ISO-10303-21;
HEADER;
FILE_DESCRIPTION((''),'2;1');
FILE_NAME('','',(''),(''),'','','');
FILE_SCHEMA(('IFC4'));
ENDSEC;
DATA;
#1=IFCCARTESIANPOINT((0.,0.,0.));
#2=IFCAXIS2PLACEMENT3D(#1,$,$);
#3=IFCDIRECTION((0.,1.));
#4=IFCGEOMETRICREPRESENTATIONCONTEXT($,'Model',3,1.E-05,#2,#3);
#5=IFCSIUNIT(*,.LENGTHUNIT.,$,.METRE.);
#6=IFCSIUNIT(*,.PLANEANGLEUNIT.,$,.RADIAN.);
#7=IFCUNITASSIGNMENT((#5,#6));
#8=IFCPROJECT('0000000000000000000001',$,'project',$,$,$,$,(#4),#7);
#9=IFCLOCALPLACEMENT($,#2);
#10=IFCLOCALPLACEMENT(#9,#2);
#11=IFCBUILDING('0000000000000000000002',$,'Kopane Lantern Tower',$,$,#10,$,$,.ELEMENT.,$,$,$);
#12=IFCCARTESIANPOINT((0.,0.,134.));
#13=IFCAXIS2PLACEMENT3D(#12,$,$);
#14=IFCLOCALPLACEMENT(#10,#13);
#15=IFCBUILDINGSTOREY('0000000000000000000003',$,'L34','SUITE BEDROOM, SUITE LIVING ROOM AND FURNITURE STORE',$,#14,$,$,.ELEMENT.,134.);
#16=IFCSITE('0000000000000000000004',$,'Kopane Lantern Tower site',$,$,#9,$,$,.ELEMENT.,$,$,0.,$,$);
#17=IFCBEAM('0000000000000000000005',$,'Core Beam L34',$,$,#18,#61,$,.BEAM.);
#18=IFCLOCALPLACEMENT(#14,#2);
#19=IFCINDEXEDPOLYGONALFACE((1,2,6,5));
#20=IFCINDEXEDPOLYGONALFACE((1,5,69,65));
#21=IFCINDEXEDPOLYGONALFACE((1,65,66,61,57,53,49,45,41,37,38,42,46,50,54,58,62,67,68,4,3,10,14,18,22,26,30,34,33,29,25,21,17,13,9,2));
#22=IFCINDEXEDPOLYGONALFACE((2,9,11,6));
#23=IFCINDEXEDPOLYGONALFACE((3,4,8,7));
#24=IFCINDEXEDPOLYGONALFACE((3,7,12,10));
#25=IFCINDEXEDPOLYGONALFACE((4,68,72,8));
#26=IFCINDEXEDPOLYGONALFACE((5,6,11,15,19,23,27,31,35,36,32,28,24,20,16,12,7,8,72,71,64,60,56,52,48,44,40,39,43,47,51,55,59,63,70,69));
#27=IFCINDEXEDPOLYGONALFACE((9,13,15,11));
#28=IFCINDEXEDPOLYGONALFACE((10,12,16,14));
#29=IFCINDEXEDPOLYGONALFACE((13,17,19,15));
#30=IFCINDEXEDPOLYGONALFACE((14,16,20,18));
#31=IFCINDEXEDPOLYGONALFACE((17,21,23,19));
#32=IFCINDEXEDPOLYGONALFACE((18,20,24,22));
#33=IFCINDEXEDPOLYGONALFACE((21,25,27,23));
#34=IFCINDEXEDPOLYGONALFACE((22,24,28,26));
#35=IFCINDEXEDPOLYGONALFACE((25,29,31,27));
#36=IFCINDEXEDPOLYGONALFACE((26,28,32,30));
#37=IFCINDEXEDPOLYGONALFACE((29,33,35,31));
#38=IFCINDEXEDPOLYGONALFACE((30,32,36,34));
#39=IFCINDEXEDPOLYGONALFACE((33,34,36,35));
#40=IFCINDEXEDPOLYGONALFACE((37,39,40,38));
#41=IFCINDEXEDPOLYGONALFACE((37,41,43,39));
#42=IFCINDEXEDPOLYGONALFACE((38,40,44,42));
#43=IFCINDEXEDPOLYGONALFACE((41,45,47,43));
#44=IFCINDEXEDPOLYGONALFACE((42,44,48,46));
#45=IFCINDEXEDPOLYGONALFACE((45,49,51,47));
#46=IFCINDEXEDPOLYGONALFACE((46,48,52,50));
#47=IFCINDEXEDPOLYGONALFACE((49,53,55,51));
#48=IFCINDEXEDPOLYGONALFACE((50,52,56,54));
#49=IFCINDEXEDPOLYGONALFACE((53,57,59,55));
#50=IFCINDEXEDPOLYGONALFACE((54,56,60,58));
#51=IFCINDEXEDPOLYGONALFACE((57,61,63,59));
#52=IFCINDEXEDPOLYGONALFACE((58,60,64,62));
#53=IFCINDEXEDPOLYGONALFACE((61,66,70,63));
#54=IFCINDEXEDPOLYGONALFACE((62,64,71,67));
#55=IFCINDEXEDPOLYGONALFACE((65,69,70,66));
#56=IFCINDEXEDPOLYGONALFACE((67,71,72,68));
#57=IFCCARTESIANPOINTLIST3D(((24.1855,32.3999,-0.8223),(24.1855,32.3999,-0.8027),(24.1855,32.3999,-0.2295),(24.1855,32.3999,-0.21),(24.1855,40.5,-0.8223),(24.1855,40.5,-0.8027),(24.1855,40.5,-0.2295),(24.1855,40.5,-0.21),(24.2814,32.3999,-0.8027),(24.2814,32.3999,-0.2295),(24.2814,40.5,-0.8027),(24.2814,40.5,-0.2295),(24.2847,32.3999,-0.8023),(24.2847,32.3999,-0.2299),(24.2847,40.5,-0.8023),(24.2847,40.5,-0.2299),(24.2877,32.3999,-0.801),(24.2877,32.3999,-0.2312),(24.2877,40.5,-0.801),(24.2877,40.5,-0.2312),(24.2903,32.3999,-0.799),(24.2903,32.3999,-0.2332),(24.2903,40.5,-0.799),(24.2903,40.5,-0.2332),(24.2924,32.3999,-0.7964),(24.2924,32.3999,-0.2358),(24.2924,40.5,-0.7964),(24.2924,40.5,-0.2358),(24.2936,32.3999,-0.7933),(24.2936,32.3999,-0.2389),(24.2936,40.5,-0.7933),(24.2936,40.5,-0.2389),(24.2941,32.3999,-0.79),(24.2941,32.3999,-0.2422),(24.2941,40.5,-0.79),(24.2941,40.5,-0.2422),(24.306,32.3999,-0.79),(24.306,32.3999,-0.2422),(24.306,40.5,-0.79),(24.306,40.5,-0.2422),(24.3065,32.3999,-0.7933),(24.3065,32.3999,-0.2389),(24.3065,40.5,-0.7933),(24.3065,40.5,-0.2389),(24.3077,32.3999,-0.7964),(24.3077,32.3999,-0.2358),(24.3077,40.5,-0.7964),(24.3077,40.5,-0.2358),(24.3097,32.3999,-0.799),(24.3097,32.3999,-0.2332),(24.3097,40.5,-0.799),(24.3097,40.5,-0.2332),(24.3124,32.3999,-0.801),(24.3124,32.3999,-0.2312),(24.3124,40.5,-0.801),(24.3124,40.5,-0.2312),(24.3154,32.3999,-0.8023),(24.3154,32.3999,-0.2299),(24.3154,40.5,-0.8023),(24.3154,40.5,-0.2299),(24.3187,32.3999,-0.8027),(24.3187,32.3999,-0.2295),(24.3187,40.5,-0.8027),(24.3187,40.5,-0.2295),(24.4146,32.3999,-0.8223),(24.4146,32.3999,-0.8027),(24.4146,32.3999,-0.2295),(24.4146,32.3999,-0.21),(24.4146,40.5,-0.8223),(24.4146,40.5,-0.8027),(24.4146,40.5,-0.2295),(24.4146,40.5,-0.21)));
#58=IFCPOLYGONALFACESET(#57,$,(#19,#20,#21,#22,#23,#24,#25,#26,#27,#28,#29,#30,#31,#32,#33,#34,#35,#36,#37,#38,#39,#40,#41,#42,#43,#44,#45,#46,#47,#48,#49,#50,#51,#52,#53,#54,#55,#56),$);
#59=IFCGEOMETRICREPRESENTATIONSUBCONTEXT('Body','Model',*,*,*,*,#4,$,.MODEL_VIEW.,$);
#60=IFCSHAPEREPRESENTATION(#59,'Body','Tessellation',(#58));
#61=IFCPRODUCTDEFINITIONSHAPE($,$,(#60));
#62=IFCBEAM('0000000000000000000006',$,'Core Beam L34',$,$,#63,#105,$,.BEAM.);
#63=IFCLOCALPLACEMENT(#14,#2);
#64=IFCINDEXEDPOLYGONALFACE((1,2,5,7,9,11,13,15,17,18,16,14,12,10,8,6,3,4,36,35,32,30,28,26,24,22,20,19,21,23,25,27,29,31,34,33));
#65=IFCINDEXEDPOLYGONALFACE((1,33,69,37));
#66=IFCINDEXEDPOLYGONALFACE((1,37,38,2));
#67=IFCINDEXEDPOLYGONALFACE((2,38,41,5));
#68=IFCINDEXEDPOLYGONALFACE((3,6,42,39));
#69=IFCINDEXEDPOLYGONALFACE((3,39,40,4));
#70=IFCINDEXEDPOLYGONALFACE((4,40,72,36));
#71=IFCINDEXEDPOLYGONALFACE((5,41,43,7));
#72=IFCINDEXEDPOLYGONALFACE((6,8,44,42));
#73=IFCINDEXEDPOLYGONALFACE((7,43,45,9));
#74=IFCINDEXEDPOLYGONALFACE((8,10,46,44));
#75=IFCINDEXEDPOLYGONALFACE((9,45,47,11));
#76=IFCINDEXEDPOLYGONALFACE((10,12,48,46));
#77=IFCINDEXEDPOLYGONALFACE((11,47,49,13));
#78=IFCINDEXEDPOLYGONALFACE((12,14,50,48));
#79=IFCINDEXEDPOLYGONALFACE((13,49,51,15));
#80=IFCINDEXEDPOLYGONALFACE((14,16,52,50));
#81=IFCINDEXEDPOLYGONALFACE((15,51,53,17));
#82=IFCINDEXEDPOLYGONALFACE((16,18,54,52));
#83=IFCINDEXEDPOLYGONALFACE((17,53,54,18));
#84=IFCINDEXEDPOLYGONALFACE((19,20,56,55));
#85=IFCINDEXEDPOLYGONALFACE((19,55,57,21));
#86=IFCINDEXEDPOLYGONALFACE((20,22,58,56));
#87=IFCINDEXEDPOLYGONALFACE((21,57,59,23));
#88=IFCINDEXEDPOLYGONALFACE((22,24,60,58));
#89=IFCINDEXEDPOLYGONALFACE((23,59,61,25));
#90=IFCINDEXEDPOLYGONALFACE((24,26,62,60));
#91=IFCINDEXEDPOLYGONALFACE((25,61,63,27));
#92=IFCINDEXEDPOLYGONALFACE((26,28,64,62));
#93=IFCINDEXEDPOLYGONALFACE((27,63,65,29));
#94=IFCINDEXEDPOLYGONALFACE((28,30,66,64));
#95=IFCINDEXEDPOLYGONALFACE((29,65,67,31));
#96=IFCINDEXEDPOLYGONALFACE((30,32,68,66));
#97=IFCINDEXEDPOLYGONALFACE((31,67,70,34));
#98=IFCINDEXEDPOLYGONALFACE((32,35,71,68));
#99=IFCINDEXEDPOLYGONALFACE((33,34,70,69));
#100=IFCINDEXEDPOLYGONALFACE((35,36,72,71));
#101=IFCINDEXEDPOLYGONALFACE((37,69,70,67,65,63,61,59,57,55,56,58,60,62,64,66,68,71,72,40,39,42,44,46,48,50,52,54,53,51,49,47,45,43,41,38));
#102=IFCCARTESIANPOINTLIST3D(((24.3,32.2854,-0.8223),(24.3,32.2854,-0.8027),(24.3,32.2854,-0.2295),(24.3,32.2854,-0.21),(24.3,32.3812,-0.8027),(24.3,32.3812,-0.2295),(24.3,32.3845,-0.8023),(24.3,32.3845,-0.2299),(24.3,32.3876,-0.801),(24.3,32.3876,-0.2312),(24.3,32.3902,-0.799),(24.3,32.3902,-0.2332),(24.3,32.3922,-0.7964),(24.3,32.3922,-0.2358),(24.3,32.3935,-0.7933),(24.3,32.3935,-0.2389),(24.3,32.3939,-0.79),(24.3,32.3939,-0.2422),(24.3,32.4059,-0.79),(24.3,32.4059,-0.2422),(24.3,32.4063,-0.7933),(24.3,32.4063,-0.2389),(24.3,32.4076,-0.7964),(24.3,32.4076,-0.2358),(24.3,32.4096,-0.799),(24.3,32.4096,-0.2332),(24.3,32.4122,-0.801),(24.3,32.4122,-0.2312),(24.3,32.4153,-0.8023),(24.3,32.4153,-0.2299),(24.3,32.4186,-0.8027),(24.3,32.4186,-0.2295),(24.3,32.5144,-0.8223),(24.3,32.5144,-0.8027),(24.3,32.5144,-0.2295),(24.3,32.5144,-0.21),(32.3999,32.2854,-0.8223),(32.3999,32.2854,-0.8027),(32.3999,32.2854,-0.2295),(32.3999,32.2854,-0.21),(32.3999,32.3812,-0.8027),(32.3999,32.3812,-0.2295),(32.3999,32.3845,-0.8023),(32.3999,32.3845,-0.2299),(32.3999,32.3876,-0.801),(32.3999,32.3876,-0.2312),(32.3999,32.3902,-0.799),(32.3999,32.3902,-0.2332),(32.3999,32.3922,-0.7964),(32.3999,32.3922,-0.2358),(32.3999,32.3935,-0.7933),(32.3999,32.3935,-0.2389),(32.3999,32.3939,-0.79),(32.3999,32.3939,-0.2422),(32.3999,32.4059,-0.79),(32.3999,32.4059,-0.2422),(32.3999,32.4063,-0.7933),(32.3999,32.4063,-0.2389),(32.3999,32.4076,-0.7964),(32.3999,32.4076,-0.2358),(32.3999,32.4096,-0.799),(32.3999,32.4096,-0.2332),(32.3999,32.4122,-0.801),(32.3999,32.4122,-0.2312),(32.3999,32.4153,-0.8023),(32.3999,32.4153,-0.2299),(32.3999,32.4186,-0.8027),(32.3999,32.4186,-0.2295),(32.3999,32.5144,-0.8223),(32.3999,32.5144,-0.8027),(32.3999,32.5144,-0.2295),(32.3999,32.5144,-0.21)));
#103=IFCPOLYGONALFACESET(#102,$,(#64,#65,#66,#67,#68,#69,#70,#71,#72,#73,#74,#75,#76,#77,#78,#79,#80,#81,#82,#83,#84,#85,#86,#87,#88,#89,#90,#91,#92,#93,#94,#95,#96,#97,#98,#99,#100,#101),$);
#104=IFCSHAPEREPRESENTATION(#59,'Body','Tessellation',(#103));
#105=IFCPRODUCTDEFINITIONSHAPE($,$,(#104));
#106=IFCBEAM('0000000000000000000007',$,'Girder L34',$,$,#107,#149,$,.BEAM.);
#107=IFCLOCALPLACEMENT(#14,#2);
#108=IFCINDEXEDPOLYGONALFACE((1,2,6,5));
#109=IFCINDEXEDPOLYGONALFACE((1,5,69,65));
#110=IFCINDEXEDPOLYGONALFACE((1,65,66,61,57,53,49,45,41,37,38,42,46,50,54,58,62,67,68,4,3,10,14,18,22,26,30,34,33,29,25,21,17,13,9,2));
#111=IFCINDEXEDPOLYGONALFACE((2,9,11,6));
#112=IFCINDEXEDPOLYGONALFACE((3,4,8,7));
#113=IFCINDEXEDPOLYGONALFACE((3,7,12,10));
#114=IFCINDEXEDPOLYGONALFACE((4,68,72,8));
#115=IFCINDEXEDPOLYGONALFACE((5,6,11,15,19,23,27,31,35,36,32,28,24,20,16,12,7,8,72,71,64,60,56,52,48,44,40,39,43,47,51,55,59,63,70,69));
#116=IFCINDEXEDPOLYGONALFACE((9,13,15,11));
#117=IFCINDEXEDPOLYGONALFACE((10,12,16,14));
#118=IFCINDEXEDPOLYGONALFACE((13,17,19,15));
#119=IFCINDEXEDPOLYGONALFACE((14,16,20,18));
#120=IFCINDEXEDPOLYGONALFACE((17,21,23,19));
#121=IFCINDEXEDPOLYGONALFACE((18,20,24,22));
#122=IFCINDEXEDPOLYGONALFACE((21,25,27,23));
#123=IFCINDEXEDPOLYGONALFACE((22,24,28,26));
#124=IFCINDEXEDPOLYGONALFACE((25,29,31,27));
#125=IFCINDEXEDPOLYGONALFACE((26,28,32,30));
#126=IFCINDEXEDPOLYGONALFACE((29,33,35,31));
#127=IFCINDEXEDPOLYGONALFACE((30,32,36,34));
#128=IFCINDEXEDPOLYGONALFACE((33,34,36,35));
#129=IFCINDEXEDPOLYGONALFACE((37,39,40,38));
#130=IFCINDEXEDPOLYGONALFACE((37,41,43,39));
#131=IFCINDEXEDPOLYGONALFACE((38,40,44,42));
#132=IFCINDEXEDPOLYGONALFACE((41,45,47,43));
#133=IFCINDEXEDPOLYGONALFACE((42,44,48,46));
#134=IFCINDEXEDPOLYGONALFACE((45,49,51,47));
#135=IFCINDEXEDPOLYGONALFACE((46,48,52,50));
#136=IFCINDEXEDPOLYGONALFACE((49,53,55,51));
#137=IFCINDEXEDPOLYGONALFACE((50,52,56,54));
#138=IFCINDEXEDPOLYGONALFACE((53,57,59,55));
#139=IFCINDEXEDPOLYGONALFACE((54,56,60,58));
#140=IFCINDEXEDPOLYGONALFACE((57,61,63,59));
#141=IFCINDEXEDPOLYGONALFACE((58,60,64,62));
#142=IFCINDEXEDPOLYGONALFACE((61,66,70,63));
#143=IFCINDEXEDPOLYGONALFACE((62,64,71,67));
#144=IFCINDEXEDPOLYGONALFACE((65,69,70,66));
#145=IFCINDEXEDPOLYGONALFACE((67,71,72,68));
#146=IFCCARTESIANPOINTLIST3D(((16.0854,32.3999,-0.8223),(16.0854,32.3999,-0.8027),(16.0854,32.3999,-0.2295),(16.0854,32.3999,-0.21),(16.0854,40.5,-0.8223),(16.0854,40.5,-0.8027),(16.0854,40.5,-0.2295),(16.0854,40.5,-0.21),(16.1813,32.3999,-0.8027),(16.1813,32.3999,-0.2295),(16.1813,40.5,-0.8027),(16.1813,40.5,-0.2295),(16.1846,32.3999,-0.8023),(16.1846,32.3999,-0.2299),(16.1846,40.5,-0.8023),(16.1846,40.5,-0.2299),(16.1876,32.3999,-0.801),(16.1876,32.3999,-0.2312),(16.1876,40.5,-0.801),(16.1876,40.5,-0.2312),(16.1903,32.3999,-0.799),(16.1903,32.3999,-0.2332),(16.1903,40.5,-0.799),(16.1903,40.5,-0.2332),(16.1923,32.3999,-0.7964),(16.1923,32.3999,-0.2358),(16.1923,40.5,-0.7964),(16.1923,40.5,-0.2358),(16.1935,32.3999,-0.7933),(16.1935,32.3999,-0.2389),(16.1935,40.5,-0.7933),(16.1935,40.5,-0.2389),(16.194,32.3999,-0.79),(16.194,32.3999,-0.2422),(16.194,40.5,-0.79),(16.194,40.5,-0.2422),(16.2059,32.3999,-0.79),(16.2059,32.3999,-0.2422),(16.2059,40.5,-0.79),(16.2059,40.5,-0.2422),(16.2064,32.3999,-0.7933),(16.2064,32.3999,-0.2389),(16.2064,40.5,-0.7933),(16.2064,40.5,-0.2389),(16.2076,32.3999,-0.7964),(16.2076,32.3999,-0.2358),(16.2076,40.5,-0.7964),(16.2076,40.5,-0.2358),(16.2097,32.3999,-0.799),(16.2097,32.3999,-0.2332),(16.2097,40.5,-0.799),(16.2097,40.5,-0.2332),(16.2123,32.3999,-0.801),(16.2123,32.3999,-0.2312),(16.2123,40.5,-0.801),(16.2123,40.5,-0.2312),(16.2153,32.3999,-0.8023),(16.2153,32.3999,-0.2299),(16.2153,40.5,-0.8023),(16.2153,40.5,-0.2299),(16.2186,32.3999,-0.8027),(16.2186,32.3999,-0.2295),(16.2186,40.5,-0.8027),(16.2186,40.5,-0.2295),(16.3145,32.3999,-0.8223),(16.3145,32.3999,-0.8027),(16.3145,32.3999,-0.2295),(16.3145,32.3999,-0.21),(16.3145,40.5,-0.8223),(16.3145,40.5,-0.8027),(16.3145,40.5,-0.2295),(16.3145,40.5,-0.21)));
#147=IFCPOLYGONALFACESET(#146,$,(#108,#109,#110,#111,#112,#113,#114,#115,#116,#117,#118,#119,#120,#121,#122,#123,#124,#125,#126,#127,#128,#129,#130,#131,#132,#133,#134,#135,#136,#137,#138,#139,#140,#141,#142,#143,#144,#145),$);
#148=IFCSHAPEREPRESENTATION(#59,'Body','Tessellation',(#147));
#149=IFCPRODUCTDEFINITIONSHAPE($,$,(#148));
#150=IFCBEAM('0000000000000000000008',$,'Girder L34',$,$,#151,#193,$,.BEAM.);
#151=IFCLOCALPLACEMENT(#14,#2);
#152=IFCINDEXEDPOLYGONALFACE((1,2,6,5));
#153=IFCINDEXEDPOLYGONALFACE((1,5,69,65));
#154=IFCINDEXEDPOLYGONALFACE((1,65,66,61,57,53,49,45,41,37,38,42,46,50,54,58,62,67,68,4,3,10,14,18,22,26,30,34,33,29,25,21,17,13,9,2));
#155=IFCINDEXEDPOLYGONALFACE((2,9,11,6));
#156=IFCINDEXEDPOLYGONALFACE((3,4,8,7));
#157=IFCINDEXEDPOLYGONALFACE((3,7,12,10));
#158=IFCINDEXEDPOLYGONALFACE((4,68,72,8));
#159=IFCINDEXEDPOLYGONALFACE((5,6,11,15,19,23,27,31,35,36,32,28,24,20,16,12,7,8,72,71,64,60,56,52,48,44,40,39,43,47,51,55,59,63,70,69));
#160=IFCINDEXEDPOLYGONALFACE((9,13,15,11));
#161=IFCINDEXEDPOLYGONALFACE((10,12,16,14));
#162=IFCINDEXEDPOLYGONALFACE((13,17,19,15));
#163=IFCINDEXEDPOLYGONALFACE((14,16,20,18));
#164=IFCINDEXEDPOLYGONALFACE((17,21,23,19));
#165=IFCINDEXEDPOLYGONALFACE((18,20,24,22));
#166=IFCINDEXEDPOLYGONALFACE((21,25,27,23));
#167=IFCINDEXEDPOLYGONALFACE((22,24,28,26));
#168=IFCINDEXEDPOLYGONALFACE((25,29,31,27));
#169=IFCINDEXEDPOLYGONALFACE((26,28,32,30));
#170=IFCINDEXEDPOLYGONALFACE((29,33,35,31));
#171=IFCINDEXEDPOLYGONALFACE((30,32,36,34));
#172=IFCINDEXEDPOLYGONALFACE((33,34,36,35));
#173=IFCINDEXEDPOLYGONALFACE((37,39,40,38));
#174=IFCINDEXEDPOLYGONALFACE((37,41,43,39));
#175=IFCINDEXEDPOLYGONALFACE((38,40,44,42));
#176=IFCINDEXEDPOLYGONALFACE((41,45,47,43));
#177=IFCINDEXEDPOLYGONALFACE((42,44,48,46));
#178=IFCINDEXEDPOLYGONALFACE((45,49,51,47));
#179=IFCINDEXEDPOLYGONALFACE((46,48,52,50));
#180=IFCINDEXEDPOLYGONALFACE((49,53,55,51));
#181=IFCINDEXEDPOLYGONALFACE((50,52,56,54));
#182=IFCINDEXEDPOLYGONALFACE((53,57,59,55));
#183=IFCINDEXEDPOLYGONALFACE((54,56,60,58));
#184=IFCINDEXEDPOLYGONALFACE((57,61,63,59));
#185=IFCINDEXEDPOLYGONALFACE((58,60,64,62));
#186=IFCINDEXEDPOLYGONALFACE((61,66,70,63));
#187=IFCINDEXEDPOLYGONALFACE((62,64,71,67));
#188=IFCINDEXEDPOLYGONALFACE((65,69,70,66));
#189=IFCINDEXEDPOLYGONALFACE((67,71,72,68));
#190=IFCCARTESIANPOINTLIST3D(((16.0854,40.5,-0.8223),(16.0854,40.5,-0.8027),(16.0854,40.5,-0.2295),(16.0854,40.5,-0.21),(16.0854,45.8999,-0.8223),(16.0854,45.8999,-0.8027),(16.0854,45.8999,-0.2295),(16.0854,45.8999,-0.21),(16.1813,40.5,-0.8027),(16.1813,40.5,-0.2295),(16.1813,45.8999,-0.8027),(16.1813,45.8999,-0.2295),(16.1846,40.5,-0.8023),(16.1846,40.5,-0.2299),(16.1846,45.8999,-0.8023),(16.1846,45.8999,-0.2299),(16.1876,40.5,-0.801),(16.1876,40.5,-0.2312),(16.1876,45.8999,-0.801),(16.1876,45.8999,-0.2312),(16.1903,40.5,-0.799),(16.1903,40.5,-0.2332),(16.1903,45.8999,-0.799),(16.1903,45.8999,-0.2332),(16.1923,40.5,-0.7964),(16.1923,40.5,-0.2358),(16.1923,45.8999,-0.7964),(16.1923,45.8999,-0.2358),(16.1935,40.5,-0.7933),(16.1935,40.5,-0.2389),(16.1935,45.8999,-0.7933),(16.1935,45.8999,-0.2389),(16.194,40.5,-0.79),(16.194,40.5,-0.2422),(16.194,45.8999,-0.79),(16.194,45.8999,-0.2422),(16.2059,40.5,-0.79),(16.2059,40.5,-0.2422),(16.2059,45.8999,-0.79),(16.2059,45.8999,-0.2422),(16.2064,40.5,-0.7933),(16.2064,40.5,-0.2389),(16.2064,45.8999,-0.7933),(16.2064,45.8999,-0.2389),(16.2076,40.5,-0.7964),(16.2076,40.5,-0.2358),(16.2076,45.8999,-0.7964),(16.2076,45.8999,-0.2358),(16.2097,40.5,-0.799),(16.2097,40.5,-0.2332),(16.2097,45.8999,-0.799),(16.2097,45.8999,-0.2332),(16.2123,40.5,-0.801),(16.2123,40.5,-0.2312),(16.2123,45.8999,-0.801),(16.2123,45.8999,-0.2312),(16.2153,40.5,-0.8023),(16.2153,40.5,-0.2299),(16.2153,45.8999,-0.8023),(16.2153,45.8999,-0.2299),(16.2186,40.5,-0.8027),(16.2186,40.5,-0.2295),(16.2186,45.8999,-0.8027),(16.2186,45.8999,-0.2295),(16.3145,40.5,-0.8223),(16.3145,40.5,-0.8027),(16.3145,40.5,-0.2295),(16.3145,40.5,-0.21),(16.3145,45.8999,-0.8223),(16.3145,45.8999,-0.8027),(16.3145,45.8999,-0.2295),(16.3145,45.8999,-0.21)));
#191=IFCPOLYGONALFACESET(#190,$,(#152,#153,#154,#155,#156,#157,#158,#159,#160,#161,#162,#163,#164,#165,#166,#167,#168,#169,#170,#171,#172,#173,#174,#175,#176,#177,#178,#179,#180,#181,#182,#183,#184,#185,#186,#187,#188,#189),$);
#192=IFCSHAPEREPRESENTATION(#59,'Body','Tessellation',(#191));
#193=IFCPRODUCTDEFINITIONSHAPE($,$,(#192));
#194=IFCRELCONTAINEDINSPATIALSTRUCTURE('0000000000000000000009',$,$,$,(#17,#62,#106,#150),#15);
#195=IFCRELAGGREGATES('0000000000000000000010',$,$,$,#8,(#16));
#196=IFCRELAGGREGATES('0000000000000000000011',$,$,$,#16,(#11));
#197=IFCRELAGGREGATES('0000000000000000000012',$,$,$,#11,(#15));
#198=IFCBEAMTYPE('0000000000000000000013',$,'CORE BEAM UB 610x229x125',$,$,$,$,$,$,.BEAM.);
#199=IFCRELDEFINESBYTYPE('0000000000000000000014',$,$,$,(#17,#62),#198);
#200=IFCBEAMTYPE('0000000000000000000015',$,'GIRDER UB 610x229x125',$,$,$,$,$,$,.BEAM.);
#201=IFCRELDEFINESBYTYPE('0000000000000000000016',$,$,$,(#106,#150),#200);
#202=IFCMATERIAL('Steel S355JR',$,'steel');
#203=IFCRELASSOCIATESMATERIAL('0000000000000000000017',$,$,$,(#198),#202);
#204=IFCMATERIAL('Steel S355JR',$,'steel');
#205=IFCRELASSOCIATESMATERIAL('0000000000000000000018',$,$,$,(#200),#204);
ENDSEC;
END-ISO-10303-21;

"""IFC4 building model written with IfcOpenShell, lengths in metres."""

from ifc_helpers import new_model, si_unit, direction, frame, origin, origin_2d, place, context, subcontext, project, spatial, i_section, extrude, material, material_profile, profile_set, type_object, element, save


model = new_model("IFC4")

# Units and contexts
model_context = context("Model", 3, precision=1e-05, world=origin(), true_north=direction((0.0, 1.0)))
body_context = subcontext(model_context, "Body", "Model", "MODEL_VIEW")
ifc_project = project(units=[si_unit("LENGTHUNIT", "METRE"), si_unit("PLANEANGLEUNIT", "RADIAN")], contexts=[model_context])

# Site, building, storey
site_placement = place(None, origin())
site = spatial("IfcSite", under=ifc_project, at=site_placement, Name="Kopane Lantern Tower site", CompositionType="ELEMENT", RefElevation=0.0)
building_placement = place(site_placement, origin())
building = spatial("IfcBuilding", under=site, at=building_placement, Name="Kopane Lantern Tower", CompositionType="ELEMENT")
storey_placement = place(building_placement, frame((0.0, 0.0, 134.0)))
storey = spatial("IfcBuildingStorey", under=building, at=storey_placement, Name="L34", Description="SUITE BEDROOM, SUITE LIVING ROOM AND FURNITURE STORE", CompositionType="ELEMENT", Elevation=134.0)

# Beams
ifc_material_1 = material(Name="Steel S355JR", Category="steel")
ifc_material_profile_1 = material_profile(ifc_material_1, i_section(OverallWidth=0.229, OverallDepth=0.6123, WebThickness=0.012, FlangeThickness=0.0195, FilletRadius=0.0127, at=origin_2d()), Name="UB 610x229x125")
ifc_profile_set_1 = profile_set([ifc_material_profile_1], Name="Steel S355JR")
beam_type_1 = type_object("IfcBeamType", Name="CORE BEAM UB 610x229x125", PredefinedType="BEAM", material=ifc_profile_set_1)
for number, where, z_axis, x_axis, name in (
    (1, (24.3, 32.3999, -0.5161), (0.0, 1.0, 0.0), (-1.0, 0.0, 0.0), "Core Beam L34"),
):
    element("IfcBeam", number, at=place(storey_placement, frame(where, z_axis=z_axis, x_axis=x_axis)), inside=storey, type_object=beam_type_1, Name=name, PredefinedType="BEAM", context=body_context, shape_type="SweptSolid", body=[
        extrude(i_section(OverallWidth=0.229, OverallDepth=0.6123, WebThickness=0.012, FlangeThickness=0.0195, FilletRadius=0.0127, at=origin_2d()), origin(), (0.0, 0.0, 1.0), 8.1001),
    ])
beam_1_placement = place(storey_placement, frame((24.3, 32.3999, -0.5161), z_axis=(1.0, 0.0, 0.0), x_axis=(0.0, 1.0, 0.0)))
element("IfcBeam", 2, at=beam_1_placement, inside=storey, type_object=beam_type_1, Name="Core Beam L34", PredefinedType="BEAM", context=body_context, shape_type="SweptSolid", body=[
    extrude(i_section(OverallWidth=0.229, OverallDepth=0.6123, WebThickness=0.012, FlangeThickness=0.0195, FilletRadius=0.0127, at=origin_2d()), origin(), (0.0, 0.0, 1.0), 8.0999),
])
ifc_material_2 = material(Name="Steel S355JR", Category="steel")
ifc_material_profile_2 = material_profile(ifc_material_2, i_section(OverallWidth=0.229, OverallDepth=0.6123, WebThickness=0.012, FlangeThickness=0.0195, FilletRadius=0.0127, at=origin_2d()), Name="UB 610x229x125")
ifc_profile_set_2 = profile_set([ifc_material_profile_2], Name="Steel S355JR")
beam_type_2 = type_object("IfcBeamType", Name="GIRDER UB 610x229x125", PredefinedType="BEAM", material=ifc_profile_set_2)
beam_2_placement = place(storey_placement, frame((16.2, 32.3999, -0.5161), z_axis=(0.0, 1.0, 0.0), x_axis=(-1.0, 0.0, 0.0)))
element("IfcBeam", 3, at=beam_2_placement, inside=storey, type_object=beam_type_2, Name="Girder L34", PredefinedType="BEAM", context=body_context, shape_type="SweptSolid", body=[
    extrude(i_section(OverallWidth=0.229, OverallDepth=0.6123, WebThickness=0.012, FlangeThickness=0.0195, FilletRadius=0.0127, at=origin_2d()), origin(), (0.0, 0.0, 1.0), 8.1001),
])
beam_3_placement = place(storey_placement, frame((16.2, 40.5, -0.5161), z_axis=(0.0, 1.0, 0.0), x_axis=(-1.0, 0.0, 0.0)))
element("IfcBeam", 4, at=beam_3_placement, inside=storey, type_object=beam_type_2, Name="Girder L34", PredefinedType="BEAM", context=body_context, shape_type="SweptSolid", body=[
    extrude(i_section(OverallWidth=0.229, OverallDepth=0.6123, WebThickness=0.012, FlangeThickness=0.0195, FilletRadius=0.0127, at=origin_2d()), origin(), (0.0, 0.0, 1.0), 5.3999),
])

save(model, "model.ifc")
